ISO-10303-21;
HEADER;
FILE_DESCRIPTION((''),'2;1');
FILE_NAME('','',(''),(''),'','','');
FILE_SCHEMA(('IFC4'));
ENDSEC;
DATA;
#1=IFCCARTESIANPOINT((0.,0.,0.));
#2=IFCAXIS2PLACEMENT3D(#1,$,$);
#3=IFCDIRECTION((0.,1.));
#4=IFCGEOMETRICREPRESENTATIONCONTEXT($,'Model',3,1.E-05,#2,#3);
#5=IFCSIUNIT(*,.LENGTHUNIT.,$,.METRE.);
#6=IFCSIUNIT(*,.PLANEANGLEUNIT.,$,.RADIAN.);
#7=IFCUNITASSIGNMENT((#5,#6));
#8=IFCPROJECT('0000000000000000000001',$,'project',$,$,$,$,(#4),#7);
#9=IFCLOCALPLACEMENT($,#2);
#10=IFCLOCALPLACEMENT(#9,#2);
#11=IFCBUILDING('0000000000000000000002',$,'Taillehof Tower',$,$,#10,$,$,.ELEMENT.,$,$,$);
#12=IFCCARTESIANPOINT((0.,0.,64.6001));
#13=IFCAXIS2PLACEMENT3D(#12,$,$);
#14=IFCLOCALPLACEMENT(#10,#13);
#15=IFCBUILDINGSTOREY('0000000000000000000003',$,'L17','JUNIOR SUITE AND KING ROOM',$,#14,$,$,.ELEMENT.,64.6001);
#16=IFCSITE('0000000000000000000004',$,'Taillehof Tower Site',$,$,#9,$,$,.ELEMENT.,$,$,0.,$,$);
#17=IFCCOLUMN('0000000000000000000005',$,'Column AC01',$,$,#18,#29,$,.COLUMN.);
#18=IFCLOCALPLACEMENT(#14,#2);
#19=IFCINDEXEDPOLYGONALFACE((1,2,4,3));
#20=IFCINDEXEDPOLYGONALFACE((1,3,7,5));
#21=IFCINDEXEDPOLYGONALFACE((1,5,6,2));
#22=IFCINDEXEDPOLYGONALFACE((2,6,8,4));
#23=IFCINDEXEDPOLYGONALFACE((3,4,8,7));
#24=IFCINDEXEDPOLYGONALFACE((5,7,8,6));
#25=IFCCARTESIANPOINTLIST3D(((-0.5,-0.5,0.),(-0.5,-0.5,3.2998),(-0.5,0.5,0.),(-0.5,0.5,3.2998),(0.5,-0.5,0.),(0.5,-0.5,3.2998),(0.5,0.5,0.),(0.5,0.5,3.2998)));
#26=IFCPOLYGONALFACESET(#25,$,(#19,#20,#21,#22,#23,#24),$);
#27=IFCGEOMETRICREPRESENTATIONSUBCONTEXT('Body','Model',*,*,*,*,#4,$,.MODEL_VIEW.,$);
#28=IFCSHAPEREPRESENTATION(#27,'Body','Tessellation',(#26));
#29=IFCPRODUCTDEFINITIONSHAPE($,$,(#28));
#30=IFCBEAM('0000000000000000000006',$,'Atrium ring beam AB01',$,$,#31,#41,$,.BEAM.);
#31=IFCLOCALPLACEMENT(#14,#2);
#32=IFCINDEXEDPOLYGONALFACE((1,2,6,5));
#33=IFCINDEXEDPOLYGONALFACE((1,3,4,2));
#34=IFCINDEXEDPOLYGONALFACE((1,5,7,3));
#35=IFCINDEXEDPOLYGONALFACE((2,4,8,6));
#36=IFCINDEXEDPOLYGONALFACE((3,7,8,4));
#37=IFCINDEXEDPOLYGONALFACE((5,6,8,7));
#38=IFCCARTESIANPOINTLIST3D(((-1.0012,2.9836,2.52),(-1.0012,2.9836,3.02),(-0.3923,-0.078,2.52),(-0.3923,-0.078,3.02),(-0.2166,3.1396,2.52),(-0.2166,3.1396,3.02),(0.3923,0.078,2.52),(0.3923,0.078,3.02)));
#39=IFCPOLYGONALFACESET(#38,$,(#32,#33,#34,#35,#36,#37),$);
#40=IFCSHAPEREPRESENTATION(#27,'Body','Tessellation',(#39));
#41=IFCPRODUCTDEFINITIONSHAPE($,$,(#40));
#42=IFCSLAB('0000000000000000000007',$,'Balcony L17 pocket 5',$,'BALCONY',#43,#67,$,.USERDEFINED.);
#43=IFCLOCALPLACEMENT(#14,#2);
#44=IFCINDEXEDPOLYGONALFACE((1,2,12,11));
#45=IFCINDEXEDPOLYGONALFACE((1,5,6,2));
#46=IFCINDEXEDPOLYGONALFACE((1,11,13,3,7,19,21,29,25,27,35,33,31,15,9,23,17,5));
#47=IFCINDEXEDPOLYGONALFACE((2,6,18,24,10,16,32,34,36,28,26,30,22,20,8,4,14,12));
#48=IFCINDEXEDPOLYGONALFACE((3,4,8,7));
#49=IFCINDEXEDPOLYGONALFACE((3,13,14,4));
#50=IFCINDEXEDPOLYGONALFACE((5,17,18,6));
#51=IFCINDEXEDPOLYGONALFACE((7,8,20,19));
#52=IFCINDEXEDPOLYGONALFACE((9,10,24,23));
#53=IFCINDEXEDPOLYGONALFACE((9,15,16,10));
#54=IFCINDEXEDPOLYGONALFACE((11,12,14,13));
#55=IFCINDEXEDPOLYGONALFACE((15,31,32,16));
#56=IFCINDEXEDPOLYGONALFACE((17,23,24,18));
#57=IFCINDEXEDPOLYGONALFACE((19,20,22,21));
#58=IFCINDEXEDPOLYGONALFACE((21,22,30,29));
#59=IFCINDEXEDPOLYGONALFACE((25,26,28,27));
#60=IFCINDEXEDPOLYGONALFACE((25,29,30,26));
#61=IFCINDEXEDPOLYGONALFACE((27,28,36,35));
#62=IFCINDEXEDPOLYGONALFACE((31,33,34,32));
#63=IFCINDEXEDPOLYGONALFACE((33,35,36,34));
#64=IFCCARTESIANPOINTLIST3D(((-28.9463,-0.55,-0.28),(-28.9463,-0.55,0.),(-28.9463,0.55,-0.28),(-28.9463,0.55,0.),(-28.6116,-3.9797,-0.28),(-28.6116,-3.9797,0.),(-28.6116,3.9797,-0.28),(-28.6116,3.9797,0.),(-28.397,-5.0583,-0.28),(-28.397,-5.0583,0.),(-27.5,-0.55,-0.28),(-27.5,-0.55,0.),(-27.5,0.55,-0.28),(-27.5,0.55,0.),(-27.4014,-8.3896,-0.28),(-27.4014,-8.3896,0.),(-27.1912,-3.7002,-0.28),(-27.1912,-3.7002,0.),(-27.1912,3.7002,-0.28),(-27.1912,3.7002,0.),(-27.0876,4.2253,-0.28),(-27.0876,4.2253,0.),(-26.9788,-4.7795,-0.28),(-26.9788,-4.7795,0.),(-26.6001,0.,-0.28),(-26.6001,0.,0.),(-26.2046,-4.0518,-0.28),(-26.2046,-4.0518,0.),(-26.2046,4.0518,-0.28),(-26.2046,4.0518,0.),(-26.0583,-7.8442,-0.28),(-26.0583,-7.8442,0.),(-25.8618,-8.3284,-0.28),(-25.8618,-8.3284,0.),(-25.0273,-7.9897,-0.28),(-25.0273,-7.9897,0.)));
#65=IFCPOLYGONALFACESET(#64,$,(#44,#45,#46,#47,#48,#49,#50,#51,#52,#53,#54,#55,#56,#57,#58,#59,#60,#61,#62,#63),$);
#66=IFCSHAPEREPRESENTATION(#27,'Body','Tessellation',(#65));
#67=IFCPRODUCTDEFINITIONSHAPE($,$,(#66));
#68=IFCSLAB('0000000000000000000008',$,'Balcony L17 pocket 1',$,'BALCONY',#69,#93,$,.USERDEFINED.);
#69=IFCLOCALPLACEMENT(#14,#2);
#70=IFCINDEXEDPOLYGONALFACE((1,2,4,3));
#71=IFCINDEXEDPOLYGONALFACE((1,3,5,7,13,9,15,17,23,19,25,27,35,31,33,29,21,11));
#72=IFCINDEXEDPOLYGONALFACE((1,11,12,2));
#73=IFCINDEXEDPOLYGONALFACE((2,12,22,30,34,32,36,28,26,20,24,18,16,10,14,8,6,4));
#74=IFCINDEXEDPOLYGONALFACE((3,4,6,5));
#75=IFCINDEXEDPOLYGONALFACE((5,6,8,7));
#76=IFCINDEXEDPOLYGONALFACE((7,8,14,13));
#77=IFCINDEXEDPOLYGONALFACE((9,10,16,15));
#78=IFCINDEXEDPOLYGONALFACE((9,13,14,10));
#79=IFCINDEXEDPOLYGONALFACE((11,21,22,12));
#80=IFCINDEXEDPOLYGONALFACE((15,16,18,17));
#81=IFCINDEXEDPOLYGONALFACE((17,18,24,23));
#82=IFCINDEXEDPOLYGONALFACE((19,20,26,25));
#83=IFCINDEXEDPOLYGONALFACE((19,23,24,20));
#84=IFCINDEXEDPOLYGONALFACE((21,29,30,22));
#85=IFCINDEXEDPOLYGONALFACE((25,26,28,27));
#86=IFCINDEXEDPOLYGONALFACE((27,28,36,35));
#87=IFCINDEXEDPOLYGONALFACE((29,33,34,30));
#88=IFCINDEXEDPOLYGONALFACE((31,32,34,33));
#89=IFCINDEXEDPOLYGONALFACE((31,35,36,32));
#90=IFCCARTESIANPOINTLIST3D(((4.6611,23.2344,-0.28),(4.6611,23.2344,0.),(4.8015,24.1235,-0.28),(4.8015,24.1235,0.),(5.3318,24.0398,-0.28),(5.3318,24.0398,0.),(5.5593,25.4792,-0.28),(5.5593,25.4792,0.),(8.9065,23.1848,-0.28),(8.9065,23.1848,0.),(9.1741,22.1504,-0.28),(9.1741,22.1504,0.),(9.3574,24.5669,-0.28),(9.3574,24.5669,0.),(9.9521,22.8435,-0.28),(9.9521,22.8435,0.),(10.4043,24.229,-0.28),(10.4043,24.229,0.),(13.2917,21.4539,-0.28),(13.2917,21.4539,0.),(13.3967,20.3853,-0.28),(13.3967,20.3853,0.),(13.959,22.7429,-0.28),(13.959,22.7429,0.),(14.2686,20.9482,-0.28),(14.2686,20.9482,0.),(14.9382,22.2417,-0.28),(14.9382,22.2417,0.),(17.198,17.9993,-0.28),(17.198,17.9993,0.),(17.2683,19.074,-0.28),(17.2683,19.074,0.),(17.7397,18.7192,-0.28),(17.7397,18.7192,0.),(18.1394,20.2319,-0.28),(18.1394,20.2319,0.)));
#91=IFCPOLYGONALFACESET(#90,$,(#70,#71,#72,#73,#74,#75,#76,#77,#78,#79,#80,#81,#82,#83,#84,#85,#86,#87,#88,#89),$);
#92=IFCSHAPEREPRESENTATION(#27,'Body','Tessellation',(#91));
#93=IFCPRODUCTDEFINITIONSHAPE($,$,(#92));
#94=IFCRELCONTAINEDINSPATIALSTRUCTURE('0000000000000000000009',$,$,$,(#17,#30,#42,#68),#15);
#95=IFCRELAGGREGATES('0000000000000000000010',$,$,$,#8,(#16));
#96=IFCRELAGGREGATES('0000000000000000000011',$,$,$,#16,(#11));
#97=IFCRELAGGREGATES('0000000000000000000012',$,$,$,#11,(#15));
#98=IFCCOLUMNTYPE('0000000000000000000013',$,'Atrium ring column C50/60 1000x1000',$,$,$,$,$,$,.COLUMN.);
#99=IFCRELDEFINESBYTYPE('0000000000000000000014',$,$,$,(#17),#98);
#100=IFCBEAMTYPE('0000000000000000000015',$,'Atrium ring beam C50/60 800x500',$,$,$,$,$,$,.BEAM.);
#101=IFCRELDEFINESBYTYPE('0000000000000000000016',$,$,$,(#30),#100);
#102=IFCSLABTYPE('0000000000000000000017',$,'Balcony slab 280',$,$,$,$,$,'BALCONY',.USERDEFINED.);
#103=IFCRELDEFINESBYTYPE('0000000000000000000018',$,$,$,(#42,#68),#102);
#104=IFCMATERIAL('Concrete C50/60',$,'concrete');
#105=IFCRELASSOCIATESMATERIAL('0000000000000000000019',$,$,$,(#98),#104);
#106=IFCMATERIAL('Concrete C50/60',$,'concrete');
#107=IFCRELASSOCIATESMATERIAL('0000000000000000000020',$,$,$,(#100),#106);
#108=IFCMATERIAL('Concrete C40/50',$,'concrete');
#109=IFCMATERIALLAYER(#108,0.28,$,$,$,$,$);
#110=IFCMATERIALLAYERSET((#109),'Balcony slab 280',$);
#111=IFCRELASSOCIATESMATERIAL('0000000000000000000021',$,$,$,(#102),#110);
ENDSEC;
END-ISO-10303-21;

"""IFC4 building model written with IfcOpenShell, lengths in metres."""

from ifc_helpers import new_model, si_unit, direction, frame, origin, origin_with_axes, origin_2d, place, context, subcontext, project, spatial, polyline, rectangle, outline, extrude, material, layer, layer_set, material_profile, profile_set, type_object, element, save


model = new_model("IFC4")

# Units and contexts
model_context = context("Model", 3, precision=1e-05, world=origin(), true_north=direction((0.0, 1.0)))
body_context = subcontext(model_context, "Body", "Model", "MODEL_VIEW")
ifc_project = project(units=[si_unit("LENGTHUNIT", "METRE"), si_unit("PLANEANGLEUNIT", "RADIAN")], contexts=[model_context])

# Site, building, storey
site_placement = place(None, origin())
site = spatial("IfcSite", under=ifc_project, at=site_placement, Name="Taillehof Tower Site", CompositionType="ELEMENT", RefElevation=0.0)
building_placement = place(site_placement, origin())
building = spatial("IfcBuilding", under=site, at=building_placement, Name="Taillehof Tower", CompositionType="ELEMENT")
storey_placement = place(building_placement, frame((0.0, 0.0, 64.6001)))
storey = spatial("IfcBuildingStorey", under=building, at=storey_placement, Name="L17", Description="JUNIOR SUITE AND KING ROOM", CompositionType="ELEMENT", Elevation=64.6001)

# Column
ifc_material_1 = material(Name="Concrete C50/60", Category="concrete")
ifc_material_profile_1 = material_profile(ifc_material_1, rectangle(XDim=1.0, YDim=1.0, at=origin_2d()), Name="RC 1000x1000")
ifc_profile_set_1 = profile_set([ifc_material_profile_1], Name="Concrete C50/60")
column_type = type_object("IfcColumnType", Name="Atrium ring column C50/60 1000x1000", PredefinedType="COLUMN", material=ifc_profile_set_1)
column_placement = place(storey_placement, origin_with_axes())
element("IfcColumn", 1, at=column_placement, inside=storey, type_object=column_type, Name="Column AC01", PredefinedType="COLUMN", context=body_context, shape_type="SweptSolid", body=[
    extrude(rectangle(XDim=1.0, YDim=1.0, at=origin_2d()), origin(), (0.0, 0.0, 1.0), 3.2998),
])

# Beam
ifc_material_2 = material(Name="Concrete C50/60", Category="concrete")
ifc_material_profile_2 = material_profile(ifc_material_2, rectangle(XDim=0.8, YDim=0.5, at=origin_2d()), Name="RC 800x500")
ifc_profile_set_2 = profile_set([ifc_material_profile_2], Name="Concrete C50/60")
beam_type = type_object("IfcBeamType", Name="Atrium ring beam C50/60 800x500", PredefinedType="BEAM", material=ifc_profile_set_2)
beam_placement = place(storey_placement, frame((0.0, 0.0, 2.77), z_axis=(-0.195063, 0.980791, 0.0), x_axis=(-0.980791, -0.195063, 0.0)))
element("IfcBeam", 2, at=beam_placement, inside=storey, type_object=beam_type, Name="Atrium ring beam AB01", PredefinedType="BEAM", context=body_context, shape_type="SweptSolid", body=[
    extrude(rectangle(XDim=0.8, YDim=0.5, at=origin_2d()), origin(), (0.0, 0.0, 1.0), 3.1216),
])

# Slabs
ifc_material_3 = material(Name="Concrete C40/50", Category="concrete")
ifc_layer_1 = layer(ifc_material_3, 0.28)
ifc_layer_set_1 = layer_set([ifc_layer_1], Name="Balcony slab 280")
slab_type_1 = type_object("IfcSlabType", Name="Balcony slab 280", ElementType="BALCONY", PredefinedType="USERDEFINED", material=ifc_layer_set_1)
slab_1_placement = place(storey_placement, frame((0.0, 0.0, -0.28)))
element("IfcSlab", 3, at=slab_1_placement, inside=storey, type_object=slab_type_1, Name="Balcony L17 pocket 5", ObjectType="BALCONY", PredefinedType="USERDEFINED", context=body_context, shape_type="SweptSolid", body=[
    extrude(outline(polyline([(-25.0273, -7.9897), (-25.8618, -8.3284), (-26.0583, -7.8442), (-27.4014, -8.3896), (-28.397, -5.0583), (-26.9788, -4.7795), (-27.1912, -3.7002), (-28.6116, -3.9797), (-28.9463, -0.55), (-27.5, -0.55), (-27.5, 0.55), (-28.9463, 0.55), (-28.6116, 3.9797), (-27.1912, 3.7002), (-27.0876, 4.2253), (-26.2046, 4.0518), (-26.6001, 0.0), (-26.2046, -4.0518), (-25.0273, -7.9897)])), origin(), (0.0, 0.0, 1.0), 0.28),
])
slab_2_placement = place(storey_placement, frame((0.0, 0.0, -0.28)))
element("IfcSlab", 4, at=slab_2_placement, inside=storey, type_object=slab_type_1, Name="Balcony L17 pocket 1", ObjectType="BALCONY", PredefinedType="USERDEFINED", context=body_context, shape_type="SweptSolid", body=[
    extrude(outline(polyline([(4.6611, 23.2344), (4.8015, 24.1235), (5.3318, 24.0398), (5.5593, 25.4792), (9.3574, 24.5669), (8.9065, 23.1848), (9.9521, 22.8435), (10.4043, 24.229), (13.959, 22.7429), (13.2917, 21.4539), (14.2686, 20.9482), (14.9382, 22.2417), (18.1394, 20.2319), (17.2683, 19.074), (17.7397, 18.7192), (17.198, 17.9993), (13.3967, 20.3853), (9.1741, 22.1504), (4.6611, 23.2344)])), origin(), (0.0, 0.0, 1.0), 0.28),
])

save(model, "model.ifc")
